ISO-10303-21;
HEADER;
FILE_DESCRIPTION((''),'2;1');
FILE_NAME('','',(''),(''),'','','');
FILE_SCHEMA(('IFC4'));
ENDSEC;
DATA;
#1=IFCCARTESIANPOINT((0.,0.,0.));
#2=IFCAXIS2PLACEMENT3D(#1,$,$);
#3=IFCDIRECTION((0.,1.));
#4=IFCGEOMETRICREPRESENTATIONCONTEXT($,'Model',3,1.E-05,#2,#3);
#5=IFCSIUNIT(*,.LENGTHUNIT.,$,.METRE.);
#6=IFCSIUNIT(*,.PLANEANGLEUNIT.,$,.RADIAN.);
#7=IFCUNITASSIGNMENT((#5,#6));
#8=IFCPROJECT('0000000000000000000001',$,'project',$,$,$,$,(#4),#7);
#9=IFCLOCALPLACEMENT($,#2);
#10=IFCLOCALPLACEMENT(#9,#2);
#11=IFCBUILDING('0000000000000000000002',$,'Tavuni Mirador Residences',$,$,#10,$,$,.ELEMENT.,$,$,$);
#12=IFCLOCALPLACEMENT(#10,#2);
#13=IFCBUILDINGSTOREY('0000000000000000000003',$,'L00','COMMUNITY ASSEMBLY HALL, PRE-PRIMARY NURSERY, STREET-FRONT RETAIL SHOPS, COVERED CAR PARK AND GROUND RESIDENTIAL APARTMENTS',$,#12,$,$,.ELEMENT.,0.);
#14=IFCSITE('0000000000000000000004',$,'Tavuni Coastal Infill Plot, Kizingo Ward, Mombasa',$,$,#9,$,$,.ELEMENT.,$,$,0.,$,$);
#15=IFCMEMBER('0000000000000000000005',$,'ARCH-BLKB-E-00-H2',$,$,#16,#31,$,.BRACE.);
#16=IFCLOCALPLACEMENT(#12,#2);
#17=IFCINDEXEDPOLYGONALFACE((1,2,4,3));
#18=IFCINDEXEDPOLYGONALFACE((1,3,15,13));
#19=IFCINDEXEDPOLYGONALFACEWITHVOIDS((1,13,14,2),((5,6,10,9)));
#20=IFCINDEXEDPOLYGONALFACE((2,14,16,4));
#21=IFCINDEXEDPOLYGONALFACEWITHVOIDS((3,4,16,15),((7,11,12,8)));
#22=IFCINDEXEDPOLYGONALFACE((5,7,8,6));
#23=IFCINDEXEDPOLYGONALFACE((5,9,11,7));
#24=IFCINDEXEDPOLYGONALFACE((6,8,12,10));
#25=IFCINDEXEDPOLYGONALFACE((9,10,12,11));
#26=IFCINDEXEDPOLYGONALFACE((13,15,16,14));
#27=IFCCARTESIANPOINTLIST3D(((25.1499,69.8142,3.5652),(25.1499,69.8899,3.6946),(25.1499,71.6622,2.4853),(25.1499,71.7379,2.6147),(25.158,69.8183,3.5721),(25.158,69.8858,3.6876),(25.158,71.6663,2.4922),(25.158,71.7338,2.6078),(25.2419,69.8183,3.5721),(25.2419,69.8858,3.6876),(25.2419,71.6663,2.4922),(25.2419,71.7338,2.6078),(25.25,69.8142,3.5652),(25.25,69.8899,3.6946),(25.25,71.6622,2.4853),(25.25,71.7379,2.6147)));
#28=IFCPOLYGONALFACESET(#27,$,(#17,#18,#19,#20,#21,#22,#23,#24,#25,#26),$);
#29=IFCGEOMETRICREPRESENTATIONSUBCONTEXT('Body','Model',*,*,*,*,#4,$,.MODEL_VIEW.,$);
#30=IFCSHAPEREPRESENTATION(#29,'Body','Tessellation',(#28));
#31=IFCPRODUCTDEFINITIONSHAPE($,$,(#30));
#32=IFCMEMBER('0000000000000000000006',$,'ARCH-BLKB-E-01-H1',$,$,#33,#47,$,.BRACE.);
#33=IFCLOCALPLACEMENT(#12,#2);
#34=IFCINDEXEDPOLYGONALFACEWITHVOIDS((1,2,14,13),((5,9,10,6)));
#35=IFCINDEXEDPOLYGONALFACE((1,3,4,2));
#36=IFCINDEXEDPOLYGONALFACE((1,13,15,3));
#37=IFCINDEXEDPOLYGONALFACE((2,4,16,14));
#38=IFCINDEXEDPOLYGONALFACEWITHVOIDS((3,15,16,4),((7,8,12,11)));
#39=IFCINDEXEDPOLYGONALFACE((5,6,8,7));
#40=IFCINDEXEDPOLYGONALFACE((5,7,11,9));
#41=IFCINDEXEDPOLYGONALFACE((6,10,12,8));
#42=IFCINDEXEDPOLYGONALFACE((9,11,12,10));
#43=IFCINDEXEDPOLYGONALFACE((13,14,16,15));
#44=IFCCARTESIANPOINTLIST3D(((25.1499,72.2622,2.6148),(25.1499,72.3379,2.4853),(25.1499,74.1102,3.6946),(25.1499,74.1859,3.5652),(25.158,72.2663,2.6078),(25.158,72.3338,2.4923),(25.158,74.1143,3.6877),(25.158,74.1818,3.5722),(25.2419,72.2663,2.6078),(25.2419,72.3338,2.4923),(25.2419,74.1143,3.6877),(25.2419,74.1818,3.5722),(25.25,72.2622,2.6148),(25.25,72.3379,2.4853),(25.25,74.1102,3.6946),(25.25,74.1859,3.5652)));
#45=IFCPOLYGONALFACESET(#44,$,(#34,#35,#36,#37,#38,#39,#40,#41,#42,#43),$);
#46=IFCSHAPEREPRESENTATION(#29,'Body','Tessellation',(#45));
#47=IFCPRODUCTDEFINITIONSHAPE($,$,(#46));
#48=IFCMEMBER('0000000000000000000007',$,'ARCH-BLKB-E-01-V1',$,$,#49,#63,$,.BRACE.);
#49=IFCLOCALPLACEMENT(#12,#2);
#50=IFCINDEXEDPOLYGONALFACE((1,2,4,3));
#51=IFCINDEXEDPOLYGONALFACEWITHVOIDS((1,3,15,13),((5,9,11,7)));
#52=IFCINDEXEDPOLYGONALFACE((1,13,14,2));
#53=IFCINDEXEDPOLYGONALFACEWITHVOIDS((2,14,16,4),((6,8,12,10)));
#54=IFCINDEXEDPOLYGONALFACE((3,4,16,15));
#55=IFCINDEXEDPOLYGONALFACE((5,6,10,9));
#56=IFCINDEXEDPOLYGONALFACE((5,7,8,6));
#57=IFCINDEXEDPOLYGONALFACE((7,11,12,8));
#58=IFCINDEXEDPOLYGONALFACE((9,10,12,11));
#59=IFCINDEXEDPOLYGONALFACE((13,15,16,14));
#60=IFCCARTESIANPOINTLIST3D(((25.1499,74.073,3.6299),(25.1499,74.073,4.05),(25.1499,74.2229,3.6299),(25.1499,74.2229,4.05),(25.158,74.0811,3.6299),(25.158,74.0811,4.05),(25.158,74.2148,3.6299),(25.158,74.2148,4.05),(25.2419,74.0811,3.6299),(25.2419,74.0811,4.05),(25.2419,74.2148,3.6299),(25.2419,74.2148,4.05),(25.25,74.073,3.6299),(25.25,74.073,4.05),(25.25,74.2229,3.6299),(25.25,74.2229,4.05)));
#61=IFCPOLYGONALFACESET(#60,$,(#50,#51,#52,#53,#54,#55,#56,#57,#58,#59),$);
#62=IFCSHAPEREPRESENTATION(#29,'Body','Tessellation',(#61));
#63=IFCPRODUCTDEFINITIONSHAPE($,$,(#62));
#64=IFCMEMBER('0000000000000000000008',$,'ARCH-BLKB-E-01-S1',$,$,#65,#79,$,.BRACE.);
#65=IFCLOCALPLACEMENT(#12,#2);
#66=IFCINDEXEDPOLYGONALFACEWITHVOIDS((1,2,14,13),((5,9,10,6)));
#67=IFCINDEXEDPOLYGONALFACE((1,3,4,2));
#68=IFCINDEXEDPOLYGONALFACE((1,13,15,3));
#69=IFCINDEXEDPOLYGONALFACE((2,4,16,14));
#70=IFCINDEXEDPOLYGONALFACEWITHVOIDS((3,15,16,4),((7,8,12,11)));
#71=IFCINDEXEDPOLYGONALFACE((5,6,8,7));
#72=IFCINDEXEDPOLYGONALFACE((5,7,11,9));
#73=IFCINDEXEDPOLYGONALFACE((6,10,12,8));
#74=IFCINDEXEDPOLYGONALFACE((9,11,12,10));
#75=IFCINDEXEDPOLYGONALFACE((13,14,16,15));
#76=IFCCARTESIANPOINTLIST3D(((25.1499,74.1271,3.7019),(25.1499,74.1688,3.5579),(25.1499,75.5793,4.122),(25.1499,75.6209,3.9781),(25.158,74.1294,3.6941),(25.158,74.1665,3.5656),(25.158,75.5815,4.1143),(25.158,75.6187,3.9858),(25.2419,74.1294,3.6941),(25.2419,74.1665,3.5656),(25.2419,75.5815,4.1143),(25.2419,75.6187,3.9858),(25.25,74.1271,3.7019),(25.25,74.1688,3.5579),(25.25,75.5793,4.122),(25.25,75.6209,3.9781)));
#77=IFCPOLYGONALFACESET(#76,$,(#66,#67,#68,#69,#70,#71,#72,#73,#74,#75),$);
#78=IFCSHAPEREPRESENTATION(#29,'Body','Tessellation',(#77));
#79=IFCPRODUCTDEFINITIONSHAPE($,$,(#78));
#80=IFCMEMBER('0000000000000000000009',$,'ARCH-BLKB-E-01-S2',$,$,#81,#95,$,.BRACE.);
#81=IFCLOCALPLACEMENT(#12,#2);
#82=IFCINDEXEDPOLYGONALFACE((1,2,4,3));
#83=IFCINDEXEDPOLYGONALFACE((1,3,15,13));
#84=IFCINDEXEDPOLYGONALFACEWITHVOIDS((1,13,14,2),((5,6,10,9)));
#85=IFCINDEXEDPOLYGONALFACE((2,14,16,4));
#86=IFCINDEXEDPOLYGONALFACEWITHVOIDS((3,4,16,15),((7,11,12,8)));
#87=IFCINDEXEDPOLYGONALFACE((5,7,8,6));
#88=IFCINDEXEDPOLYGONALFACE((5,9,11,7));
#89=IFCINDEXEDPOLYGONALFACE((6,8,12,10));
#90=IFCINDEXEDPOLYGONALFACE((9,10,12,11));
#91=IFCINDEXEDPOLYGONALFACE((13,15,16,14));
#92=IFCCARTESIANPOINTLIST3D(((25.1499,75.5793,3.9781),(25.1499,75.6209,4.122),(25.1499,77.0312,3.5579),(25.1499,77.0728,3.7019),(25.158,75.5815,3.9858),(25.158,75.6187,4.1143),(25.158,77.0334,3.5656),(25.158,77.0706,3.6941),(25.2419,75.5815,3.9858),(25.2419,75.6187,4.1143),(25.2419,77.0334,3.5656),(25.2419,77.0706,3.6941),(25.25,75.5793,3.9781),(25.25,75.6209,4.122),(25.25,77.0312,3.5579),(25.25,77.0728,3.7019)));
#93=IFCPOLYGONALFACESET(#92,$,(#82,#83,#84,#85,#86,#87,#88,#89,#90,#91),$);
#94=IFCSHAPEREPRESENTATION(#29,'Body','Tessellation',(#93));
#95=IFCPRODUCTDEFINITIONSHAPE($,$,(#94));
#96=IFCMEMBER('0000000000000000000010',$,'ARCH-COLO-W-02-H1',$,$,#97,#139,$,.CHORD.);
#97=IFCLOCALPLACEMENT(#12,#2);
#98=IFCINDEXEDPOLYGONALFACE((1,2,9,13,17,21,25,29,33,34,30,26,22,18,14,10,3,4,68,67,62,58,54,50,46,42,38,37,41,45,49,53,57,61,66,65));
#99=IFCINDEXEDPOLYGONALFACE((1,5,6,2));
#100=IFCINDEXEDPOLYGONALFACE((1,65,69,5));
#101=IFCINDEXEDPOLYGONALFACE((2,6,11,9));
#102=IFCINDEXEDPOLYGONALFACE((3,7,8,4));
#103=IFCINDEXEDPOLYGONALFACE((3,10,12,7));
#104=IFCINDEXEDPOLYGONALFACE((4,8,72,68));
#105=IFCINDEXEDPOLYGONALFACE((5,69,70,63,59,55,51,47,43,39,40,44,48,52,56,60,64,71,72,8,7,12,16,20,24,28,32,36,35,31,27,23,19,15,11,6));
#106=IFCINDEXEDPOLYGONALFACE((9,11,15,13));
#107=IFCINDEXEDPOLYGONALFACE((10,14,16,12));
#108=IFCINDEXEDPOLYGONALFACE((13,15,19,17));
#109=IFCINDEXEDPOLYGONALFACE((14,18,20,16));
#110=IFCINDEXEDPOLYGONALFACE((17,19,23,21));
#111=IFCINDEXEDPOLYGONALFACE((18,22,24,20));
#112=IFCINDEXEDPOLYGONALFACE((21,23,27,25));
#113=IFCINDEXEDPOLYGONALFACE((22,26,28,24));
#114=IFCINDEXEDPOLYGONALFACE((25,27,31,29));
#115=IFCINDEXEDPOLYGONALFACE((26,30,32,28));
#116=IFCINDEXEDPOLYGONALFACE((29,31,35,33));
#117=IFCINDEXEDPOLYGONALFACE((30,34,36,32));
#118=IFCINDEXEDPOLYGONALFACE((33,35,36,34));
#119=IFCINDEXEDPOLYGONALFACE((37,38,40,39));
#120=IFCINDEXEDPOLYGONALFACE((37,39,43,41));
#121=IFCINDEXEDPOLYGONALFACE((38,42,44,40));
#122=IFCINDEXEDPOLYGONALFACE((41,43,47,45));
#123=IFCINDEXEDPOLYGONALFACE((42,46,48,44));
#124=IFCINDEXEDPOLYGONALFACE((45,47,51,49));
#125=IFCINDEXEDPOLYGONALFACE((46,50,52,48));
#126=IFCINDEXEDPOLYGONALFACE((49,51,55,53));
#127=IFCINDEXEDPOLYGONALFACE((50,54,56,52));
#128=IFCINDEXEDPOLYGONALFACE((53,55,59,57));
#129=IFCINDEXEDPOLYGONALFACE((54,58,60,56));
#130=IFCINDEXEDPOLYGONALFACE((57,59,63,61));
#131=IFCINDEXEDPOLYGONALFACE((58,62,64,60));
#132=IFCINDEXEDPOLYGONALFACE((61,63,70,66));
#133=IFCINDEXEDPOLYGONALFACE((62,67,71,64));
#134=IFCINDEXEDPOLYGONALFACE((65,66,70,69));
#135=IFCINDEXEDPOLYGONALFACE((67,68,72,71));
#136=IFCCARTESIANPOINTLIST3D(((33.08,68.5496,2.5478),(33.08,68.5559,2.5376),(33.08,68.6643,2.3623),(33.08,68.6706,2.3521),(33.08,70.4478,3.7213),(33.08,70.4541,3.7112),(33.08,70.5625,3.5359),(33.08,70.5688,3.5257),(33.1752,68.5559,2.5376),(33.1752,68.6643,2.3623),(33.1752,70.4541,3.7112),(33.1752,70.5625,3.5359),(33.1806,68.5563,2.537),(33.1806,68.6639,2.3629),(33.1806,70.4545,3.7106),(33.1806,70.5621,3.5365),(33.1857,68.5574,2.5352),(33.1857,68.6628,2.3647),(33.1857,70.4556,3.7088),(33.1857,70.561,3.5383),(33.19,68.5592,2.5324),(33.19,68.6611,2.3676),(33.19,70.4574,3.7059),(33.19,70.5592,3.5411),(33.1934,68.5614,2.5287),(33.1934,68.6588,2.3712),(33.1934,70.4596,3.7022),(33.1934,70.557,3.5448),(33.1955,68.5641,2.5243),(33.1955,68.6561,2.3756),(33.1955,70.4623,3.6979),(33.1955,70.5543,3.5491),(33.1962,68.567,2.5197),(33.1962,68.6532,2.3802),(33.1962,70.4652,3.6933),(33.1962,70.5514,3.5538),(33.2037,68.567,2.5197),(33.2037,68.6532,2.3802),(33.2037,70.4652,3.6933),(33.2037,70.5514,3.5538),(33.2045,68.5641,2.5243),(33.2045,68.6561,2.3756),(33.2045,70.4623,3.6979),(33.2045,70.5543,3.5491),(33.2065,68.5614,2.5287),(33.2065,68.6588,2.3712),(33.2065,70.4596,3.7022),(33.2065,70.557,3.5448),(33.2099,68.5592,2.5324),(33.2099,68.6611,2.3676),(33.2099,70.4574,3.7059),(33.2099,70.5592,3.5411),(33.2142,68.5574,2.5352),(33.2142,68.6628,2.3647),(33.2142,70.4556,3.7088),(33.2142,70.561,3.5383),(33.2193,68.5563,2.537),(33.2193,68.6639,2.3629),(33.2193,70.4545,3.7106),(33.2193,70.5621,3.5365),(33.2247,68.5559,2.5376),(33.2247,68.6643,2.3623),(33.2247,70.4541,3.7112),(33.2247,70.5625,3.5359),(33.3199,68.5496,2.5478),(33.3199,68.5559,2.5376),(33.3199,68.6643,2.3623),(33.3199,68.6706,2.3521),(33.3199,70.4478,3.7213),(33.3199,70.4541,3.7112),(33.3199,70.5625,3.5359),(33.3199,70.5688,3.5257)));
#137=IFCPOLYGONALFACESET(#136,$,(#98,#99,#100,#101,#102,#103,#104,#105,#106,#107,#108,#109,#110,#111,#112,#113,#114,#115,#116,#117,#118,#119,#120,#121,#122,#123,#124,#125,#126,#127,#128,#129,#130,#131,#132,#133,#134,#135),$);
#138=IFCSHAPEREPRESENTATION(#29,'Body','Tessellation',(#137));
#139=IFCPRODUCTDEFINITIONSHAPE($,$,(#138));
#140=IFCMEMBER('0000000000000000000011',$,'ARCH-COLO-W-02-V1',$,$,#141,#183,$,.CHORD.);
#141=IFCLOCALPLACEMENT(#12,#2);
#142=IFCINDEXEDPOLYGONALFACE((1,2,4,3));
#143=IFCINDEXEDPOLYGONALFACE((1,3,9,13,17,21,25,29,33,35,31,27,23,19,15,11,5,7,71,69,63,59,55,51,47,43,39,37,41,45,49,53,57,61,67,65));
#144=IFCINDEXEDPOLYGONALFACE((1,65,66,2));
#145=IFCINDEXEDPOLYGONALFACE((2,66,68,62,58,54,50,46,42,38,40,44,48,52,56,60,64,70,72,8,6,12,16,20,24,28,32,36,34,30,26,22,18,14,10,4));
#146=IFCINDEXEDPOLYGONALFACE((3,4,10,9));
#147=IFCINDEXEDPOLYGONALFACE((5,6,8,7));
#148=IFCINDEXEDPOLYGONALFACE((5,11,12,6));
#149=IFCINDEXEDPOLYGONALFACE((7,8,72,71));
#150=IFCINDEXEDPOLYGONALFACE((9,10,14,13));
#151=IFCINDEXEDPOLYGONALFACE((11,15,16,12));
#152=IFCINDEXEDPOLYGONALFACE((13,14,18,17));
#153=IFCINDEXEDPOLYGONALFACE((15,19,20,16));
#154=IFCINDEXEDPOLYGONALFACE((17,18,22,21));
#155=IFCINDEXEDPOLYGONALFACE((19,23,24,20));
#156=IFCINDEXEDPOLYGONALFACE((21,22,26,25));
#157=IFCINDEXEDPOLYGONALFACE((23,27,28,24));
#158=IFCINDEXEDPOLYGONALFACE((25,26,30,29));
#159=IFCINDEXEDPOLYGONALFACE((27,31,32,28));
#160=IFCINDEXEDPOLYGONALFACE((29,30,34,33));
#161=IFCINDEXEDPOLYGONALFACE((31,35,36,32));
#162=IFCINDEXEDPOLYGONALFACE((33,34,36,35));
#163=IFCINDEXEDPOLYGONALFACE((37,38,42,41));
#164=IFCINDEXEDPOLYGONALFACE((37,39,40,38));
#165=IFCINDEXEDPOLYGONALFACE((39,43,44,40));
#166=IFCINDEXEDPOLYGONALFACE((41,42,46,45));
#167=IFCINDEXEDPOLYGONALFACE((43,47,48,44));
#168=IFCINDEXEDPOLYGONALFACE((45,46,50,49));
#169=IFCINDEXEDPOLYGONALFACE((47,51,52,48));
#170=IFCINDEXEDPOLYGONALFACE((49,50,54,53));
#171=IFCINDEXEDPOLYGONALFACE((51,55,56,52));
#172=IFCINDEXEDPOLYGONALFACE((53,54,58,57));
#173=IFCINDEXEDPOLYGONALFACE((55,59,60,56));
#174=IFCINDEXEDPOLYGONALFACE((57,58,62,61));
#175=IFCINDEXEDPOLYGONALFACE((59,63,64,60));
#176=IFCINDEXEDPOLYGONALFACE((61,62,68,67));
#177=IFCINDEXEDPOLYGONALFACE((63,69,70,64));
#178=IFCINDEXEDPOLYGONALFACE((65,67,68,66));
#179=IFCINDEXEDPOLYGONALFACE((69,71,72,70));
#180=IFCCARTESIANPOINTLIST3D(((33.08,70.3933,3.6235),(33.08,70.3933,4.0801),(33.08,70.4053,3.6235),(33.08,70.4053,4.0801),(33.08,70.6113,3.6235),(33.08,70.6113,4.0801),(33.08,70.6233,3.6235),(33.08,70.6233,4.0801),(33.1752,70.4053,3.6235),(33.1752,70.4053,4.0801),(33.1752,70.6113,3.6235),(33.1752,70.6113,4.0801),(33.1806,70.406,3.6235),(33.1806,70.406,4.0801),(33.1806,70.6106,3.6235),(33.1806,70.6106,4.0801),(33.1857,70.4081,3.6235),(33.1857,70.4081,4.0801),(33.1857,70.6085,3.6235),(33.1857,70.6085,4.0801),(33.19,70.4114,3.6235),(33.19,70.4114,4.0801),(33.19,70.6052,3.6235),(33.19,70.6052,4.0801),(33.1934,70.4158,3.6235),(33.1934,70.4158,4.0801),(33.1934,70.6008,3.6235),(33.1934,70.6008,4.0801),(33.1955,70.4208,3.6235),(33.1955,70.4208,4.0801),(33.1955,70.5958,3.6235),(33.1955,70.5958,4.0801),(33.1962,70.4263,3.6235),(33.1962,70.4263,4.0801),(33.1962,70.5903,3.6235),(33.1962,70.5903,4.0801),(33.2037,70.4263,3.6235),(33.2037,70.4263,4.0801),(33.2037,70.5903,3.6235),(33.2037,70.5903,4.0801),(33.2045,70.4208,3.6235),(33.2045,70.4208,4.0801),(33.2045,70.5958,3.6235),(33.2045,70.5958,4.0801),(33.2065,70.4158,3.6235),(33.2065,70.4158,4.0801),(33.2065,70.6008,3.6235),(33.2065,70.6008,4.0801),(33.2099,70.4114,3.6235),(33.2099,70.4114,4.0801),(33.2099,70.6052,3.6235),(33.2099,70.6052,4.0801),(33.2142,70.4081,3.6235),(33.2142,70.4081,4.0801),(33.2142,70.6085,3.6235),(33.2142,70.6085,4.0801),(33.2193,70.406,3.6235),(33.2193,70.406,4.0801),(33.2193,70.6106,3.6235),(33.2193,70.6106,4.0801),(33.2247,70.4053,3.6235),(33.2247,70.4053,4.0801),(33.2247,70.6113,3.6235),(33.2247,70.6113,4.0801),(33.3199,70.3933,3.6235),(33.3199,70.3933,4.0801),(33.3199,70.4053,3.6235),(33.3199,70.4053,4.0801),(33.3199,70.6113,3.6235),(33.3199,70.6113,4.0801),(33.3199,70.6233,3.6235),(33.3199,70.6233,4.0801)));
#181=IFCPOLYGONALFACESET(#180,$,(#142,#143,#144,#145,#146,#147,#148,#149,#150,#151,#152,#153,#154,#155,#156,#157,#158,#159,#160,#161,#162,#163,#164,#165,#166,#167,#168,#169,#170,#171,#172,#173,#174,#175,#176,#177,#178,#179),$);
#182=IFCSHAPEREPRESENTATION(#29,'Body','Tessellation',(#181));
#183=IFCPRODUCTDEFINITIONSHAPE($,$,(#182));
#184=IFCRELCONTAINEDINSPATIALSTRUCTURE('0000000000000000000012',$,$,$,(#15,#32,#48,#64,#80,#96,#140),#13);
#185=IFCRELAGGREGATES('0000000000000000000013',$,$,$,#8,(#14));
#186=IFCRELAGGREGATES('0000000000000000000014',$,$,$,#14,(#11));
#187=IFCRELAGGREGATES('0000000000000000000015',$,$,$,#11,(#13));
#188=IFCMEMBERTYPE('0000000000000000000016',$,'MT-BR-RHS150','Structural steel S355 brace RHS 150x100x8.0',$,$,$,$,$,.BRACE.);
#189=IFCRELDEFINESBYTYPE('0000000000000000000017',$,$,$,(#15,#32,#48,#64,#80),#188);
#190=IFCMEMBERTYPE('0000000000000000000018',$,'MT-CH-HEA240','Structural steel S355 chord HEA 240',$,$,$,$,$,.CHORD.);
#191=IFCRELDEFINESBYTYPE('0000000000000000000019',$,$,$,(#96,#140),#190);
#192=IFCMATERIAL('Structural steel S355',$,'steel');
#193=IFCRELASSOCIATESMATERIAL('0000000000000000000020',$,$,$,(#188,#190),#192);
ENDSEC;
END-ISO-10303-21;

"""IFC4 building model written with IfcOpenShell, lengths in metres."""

from ifc_helpers import new_model, si_unit, direction, frame, origin, origin_2d, place, context, subcontext, project, spatial, hollow_rectangle, i_section, extrude, material, material_profile, profile_set, type_object, element, save


model = new_model("IFC4")

# Units and contexts
model_context = context("Model", 3, precision=1e-05, world=origin(), true_north=direction((0.0, 1.0)))
body_context = subcontext(model_context, "Body", "Model", "MODEL_VIEW")
ifc_project = project(units=[si_unit("LENGTHUNIT", "METRE"), si_unit("PLANEANGLEUNIT", "RADIAN")], contexts=[model_context])

# Site, building, storey
site_placement = place(None, origin())
site = spatial("IfcSite", under=ifc_project, at=site_placement, Name="Tavuni Coastal Infill Plot, Kizingo Ward, Mombasa", CompositionType="ELEMENT", RefElevation=0.0)
building_placement = place(site_placement, origin())
building = spatial("IfcBuilding", under=site, at=building_placement, Name="Tavuni Mirador Residences", CompositionType="ELEMENT")
storey_placement = place(building_placement, origin())
storey = spatial("IfcBuildingStorey", under=building, at=storey_placement, Name="L00", Description="COMMUNITY ASSEMBLY HALL, PRE-PRIMARY NURSERY, STREET-FRONT RETAIL SHOPS, COVERED CAR PARK AND GROUND RESIDENTIAL APARTMENTS", CompositionType="ELEMENT", Elevation=0.0)

# Members
ifc_material_1 = material(Name="Structural steel S355", Category="steel")
ifc_material_profile_1 = material_profile(ifc_material_1, hollow_rectangle(XDim=0.1001, YDim=0.1499, WallThickness=0.0081, at=origin_2d()), Name="RHS 150x100x8.0", Category="steel")
ifc_profile_set_1 = profile_set([ifc_material_profile_1], Name="Structural steel S355")
member_type_1 = type_object("IfcMemberType", Name="MT-BR-RHS150", Description="Structural steel S355 brace RHS 150x100x8.0", PredefinedType="BRACE", material=ifc_profile_set_1)
for number, where, z_axis, x_axis, name in (
    (1, (25.2, 69.8521, 3.6299), (0.0, 0.863394, -0.50453), (-1.0, 0.0, 0.0), "ARCH-BLKB-E-00-H2"),
    (2, (25.2, 72.3, 2.55), (0.0, 0.863394, 0.50453), (-1.0, 0.0, 0.0), "ARCH-BLKB-E-01-H1"),
):
    element("IfcMember", number, at=place(storey_placement, frame(where, z_axis=z_axis, x_axis=x_axis)), inside=storey, type_object=member_type_1, Name=name, PredefinedType="BRACE", context=body_context, shape_type="SweptSolid", body=[
        extrude(hollow_rectangle(XDim=0.1001, YDim=0.1499, WallThickness=0.0081, at=origin_2d()), origin(), (0.0, 0.0, 1.0), 2.1404),
    ])
member_1_placement = place(storey_placement, frame((25.2, 74.1479, 3.6299), z_axis=(0.0, 0.0, 1.0), x_axis=(1.0, 0.0, 0.0)))
element("IfcMember", 3, at=member_1_placement, inside=storey, type_object=member_type_1, Name="ARCH-BLKB-E-01-V1", PredefinedType="BRACE", context=body_context, shape_type="SweptSolid", body=[
    extrude(hollow_rectangle(XDim=0.1001, YDim=0.1499, WallThickness=0.0081, at=origin_2d()), origin(), (0.0, 0.0, 1.0), 0.4202),
])
member_2_placement = place(storey_placement, frame((25.2, 74.1479, 3.6299), z_axis=(0.0, 0.960598, 0.27794), x_axis=(-1.0, 0.0, 0.0)))
element("IfcMember", 4, at=member_2_placement, inside=storey, type_object=member_type_1, Name="ARCH-BLKB-E-01-S1", PredefinedType="BRACE", context=body_context, shape_type="SweptSolid", body=[
    extrude(hollow_rectangle(XDim=0.1001, YDim=0.1499, WallThickness=0.0081, at=origin_2d()), origin(), (0.0, 0.0, 1.0), 1.5117),
])
member_3_placement = place(storey_placement, frame((25.2, 75.6001, 4.05), z_axis=(0.0, 0.960586, -0.277984), x_axis=(-1.0, 0.0, 0.0)))
element("IfcMember", 5, at=member_3_placement, inside=storey, type_object=member_type_1, Name="ARCH-BLKB-E-01-S2", PredefinedType="BRACE", context=body_context, shape_type="SweptSolid", body=[
    extrude(hollow_rectangle(XDim=0.1001, YDim=0.1499, WallThickness=0.0081, at=origin_2d()), origin(), (0.0, 0.0, 1.0), 1.5115),
])
ifc_material_profile_2 = material_profile(ifc_material_1, i_section(OverallWidth=0.24, OverallDepth=0.23, WebThickness=0.0076, FlangeThickness=0.012, FilletRadius=0.021, at=origin_2d()), Name="HEA 240", Category="steel")
ifc_profile_set_2 = profile_set([ifc_material_profile_2], Name="Structural steel S355")
member_type_2 = type_object("IfcMemberType", Name="MT-CH-HEA240", Description="Structural steel S355 chord HEA 240", PredefinedType="CHORD", material=ifc_profile_set_2)
member_4_placement = place(storey_placement, frame((33.2, 68.6101, 2.45), z_axis=(0.0, 0.850563, 0.525872), x_axis=(-1.0, 0.0, 0.0)))
element("IfcMember", 6, at=member_4_placement, inside=storey, type_object=member_type_2, Name="ARCH-COLO-W-02-H1", PredefinedType="CHORD", context=body_context, shape_type="SweptSolid", body=[
    extrude(i_section(OverallWidth=0.24, OverallDepth=0.23, WebThickness=0.0076, FlangeThickness=0.012, FilletRadius=0.021, at=origin_2d()), origin(), (0.0, 0.0, 1.0), 2.2317),
])
member_5_placement = place(storey_placement, frame((33.2, 70.5083, 3.6235), z_axis=(0.0, 0.0, 1.0), x_axis=(1.0, 0.0, 0.0)))
element("IfcMember", 7, at=member_5_placement, inside=storey, type_object=member_type_2, Name="ARCH-COLO-W-02-V1", PredefinedType="CHORD", context=body_context, shape_type="SweptSolid", body=[
    extrude(i_section(OverallWidth=0.24, OverallDepth=0.23, WebThickness=0.0076, FlangeThickness=0.012, FilletRadius=0.021, at=origin_2d()), origin(), (0.0, 0.0, 1.0), 0.4565),
])

save(model, "model.ifc")
